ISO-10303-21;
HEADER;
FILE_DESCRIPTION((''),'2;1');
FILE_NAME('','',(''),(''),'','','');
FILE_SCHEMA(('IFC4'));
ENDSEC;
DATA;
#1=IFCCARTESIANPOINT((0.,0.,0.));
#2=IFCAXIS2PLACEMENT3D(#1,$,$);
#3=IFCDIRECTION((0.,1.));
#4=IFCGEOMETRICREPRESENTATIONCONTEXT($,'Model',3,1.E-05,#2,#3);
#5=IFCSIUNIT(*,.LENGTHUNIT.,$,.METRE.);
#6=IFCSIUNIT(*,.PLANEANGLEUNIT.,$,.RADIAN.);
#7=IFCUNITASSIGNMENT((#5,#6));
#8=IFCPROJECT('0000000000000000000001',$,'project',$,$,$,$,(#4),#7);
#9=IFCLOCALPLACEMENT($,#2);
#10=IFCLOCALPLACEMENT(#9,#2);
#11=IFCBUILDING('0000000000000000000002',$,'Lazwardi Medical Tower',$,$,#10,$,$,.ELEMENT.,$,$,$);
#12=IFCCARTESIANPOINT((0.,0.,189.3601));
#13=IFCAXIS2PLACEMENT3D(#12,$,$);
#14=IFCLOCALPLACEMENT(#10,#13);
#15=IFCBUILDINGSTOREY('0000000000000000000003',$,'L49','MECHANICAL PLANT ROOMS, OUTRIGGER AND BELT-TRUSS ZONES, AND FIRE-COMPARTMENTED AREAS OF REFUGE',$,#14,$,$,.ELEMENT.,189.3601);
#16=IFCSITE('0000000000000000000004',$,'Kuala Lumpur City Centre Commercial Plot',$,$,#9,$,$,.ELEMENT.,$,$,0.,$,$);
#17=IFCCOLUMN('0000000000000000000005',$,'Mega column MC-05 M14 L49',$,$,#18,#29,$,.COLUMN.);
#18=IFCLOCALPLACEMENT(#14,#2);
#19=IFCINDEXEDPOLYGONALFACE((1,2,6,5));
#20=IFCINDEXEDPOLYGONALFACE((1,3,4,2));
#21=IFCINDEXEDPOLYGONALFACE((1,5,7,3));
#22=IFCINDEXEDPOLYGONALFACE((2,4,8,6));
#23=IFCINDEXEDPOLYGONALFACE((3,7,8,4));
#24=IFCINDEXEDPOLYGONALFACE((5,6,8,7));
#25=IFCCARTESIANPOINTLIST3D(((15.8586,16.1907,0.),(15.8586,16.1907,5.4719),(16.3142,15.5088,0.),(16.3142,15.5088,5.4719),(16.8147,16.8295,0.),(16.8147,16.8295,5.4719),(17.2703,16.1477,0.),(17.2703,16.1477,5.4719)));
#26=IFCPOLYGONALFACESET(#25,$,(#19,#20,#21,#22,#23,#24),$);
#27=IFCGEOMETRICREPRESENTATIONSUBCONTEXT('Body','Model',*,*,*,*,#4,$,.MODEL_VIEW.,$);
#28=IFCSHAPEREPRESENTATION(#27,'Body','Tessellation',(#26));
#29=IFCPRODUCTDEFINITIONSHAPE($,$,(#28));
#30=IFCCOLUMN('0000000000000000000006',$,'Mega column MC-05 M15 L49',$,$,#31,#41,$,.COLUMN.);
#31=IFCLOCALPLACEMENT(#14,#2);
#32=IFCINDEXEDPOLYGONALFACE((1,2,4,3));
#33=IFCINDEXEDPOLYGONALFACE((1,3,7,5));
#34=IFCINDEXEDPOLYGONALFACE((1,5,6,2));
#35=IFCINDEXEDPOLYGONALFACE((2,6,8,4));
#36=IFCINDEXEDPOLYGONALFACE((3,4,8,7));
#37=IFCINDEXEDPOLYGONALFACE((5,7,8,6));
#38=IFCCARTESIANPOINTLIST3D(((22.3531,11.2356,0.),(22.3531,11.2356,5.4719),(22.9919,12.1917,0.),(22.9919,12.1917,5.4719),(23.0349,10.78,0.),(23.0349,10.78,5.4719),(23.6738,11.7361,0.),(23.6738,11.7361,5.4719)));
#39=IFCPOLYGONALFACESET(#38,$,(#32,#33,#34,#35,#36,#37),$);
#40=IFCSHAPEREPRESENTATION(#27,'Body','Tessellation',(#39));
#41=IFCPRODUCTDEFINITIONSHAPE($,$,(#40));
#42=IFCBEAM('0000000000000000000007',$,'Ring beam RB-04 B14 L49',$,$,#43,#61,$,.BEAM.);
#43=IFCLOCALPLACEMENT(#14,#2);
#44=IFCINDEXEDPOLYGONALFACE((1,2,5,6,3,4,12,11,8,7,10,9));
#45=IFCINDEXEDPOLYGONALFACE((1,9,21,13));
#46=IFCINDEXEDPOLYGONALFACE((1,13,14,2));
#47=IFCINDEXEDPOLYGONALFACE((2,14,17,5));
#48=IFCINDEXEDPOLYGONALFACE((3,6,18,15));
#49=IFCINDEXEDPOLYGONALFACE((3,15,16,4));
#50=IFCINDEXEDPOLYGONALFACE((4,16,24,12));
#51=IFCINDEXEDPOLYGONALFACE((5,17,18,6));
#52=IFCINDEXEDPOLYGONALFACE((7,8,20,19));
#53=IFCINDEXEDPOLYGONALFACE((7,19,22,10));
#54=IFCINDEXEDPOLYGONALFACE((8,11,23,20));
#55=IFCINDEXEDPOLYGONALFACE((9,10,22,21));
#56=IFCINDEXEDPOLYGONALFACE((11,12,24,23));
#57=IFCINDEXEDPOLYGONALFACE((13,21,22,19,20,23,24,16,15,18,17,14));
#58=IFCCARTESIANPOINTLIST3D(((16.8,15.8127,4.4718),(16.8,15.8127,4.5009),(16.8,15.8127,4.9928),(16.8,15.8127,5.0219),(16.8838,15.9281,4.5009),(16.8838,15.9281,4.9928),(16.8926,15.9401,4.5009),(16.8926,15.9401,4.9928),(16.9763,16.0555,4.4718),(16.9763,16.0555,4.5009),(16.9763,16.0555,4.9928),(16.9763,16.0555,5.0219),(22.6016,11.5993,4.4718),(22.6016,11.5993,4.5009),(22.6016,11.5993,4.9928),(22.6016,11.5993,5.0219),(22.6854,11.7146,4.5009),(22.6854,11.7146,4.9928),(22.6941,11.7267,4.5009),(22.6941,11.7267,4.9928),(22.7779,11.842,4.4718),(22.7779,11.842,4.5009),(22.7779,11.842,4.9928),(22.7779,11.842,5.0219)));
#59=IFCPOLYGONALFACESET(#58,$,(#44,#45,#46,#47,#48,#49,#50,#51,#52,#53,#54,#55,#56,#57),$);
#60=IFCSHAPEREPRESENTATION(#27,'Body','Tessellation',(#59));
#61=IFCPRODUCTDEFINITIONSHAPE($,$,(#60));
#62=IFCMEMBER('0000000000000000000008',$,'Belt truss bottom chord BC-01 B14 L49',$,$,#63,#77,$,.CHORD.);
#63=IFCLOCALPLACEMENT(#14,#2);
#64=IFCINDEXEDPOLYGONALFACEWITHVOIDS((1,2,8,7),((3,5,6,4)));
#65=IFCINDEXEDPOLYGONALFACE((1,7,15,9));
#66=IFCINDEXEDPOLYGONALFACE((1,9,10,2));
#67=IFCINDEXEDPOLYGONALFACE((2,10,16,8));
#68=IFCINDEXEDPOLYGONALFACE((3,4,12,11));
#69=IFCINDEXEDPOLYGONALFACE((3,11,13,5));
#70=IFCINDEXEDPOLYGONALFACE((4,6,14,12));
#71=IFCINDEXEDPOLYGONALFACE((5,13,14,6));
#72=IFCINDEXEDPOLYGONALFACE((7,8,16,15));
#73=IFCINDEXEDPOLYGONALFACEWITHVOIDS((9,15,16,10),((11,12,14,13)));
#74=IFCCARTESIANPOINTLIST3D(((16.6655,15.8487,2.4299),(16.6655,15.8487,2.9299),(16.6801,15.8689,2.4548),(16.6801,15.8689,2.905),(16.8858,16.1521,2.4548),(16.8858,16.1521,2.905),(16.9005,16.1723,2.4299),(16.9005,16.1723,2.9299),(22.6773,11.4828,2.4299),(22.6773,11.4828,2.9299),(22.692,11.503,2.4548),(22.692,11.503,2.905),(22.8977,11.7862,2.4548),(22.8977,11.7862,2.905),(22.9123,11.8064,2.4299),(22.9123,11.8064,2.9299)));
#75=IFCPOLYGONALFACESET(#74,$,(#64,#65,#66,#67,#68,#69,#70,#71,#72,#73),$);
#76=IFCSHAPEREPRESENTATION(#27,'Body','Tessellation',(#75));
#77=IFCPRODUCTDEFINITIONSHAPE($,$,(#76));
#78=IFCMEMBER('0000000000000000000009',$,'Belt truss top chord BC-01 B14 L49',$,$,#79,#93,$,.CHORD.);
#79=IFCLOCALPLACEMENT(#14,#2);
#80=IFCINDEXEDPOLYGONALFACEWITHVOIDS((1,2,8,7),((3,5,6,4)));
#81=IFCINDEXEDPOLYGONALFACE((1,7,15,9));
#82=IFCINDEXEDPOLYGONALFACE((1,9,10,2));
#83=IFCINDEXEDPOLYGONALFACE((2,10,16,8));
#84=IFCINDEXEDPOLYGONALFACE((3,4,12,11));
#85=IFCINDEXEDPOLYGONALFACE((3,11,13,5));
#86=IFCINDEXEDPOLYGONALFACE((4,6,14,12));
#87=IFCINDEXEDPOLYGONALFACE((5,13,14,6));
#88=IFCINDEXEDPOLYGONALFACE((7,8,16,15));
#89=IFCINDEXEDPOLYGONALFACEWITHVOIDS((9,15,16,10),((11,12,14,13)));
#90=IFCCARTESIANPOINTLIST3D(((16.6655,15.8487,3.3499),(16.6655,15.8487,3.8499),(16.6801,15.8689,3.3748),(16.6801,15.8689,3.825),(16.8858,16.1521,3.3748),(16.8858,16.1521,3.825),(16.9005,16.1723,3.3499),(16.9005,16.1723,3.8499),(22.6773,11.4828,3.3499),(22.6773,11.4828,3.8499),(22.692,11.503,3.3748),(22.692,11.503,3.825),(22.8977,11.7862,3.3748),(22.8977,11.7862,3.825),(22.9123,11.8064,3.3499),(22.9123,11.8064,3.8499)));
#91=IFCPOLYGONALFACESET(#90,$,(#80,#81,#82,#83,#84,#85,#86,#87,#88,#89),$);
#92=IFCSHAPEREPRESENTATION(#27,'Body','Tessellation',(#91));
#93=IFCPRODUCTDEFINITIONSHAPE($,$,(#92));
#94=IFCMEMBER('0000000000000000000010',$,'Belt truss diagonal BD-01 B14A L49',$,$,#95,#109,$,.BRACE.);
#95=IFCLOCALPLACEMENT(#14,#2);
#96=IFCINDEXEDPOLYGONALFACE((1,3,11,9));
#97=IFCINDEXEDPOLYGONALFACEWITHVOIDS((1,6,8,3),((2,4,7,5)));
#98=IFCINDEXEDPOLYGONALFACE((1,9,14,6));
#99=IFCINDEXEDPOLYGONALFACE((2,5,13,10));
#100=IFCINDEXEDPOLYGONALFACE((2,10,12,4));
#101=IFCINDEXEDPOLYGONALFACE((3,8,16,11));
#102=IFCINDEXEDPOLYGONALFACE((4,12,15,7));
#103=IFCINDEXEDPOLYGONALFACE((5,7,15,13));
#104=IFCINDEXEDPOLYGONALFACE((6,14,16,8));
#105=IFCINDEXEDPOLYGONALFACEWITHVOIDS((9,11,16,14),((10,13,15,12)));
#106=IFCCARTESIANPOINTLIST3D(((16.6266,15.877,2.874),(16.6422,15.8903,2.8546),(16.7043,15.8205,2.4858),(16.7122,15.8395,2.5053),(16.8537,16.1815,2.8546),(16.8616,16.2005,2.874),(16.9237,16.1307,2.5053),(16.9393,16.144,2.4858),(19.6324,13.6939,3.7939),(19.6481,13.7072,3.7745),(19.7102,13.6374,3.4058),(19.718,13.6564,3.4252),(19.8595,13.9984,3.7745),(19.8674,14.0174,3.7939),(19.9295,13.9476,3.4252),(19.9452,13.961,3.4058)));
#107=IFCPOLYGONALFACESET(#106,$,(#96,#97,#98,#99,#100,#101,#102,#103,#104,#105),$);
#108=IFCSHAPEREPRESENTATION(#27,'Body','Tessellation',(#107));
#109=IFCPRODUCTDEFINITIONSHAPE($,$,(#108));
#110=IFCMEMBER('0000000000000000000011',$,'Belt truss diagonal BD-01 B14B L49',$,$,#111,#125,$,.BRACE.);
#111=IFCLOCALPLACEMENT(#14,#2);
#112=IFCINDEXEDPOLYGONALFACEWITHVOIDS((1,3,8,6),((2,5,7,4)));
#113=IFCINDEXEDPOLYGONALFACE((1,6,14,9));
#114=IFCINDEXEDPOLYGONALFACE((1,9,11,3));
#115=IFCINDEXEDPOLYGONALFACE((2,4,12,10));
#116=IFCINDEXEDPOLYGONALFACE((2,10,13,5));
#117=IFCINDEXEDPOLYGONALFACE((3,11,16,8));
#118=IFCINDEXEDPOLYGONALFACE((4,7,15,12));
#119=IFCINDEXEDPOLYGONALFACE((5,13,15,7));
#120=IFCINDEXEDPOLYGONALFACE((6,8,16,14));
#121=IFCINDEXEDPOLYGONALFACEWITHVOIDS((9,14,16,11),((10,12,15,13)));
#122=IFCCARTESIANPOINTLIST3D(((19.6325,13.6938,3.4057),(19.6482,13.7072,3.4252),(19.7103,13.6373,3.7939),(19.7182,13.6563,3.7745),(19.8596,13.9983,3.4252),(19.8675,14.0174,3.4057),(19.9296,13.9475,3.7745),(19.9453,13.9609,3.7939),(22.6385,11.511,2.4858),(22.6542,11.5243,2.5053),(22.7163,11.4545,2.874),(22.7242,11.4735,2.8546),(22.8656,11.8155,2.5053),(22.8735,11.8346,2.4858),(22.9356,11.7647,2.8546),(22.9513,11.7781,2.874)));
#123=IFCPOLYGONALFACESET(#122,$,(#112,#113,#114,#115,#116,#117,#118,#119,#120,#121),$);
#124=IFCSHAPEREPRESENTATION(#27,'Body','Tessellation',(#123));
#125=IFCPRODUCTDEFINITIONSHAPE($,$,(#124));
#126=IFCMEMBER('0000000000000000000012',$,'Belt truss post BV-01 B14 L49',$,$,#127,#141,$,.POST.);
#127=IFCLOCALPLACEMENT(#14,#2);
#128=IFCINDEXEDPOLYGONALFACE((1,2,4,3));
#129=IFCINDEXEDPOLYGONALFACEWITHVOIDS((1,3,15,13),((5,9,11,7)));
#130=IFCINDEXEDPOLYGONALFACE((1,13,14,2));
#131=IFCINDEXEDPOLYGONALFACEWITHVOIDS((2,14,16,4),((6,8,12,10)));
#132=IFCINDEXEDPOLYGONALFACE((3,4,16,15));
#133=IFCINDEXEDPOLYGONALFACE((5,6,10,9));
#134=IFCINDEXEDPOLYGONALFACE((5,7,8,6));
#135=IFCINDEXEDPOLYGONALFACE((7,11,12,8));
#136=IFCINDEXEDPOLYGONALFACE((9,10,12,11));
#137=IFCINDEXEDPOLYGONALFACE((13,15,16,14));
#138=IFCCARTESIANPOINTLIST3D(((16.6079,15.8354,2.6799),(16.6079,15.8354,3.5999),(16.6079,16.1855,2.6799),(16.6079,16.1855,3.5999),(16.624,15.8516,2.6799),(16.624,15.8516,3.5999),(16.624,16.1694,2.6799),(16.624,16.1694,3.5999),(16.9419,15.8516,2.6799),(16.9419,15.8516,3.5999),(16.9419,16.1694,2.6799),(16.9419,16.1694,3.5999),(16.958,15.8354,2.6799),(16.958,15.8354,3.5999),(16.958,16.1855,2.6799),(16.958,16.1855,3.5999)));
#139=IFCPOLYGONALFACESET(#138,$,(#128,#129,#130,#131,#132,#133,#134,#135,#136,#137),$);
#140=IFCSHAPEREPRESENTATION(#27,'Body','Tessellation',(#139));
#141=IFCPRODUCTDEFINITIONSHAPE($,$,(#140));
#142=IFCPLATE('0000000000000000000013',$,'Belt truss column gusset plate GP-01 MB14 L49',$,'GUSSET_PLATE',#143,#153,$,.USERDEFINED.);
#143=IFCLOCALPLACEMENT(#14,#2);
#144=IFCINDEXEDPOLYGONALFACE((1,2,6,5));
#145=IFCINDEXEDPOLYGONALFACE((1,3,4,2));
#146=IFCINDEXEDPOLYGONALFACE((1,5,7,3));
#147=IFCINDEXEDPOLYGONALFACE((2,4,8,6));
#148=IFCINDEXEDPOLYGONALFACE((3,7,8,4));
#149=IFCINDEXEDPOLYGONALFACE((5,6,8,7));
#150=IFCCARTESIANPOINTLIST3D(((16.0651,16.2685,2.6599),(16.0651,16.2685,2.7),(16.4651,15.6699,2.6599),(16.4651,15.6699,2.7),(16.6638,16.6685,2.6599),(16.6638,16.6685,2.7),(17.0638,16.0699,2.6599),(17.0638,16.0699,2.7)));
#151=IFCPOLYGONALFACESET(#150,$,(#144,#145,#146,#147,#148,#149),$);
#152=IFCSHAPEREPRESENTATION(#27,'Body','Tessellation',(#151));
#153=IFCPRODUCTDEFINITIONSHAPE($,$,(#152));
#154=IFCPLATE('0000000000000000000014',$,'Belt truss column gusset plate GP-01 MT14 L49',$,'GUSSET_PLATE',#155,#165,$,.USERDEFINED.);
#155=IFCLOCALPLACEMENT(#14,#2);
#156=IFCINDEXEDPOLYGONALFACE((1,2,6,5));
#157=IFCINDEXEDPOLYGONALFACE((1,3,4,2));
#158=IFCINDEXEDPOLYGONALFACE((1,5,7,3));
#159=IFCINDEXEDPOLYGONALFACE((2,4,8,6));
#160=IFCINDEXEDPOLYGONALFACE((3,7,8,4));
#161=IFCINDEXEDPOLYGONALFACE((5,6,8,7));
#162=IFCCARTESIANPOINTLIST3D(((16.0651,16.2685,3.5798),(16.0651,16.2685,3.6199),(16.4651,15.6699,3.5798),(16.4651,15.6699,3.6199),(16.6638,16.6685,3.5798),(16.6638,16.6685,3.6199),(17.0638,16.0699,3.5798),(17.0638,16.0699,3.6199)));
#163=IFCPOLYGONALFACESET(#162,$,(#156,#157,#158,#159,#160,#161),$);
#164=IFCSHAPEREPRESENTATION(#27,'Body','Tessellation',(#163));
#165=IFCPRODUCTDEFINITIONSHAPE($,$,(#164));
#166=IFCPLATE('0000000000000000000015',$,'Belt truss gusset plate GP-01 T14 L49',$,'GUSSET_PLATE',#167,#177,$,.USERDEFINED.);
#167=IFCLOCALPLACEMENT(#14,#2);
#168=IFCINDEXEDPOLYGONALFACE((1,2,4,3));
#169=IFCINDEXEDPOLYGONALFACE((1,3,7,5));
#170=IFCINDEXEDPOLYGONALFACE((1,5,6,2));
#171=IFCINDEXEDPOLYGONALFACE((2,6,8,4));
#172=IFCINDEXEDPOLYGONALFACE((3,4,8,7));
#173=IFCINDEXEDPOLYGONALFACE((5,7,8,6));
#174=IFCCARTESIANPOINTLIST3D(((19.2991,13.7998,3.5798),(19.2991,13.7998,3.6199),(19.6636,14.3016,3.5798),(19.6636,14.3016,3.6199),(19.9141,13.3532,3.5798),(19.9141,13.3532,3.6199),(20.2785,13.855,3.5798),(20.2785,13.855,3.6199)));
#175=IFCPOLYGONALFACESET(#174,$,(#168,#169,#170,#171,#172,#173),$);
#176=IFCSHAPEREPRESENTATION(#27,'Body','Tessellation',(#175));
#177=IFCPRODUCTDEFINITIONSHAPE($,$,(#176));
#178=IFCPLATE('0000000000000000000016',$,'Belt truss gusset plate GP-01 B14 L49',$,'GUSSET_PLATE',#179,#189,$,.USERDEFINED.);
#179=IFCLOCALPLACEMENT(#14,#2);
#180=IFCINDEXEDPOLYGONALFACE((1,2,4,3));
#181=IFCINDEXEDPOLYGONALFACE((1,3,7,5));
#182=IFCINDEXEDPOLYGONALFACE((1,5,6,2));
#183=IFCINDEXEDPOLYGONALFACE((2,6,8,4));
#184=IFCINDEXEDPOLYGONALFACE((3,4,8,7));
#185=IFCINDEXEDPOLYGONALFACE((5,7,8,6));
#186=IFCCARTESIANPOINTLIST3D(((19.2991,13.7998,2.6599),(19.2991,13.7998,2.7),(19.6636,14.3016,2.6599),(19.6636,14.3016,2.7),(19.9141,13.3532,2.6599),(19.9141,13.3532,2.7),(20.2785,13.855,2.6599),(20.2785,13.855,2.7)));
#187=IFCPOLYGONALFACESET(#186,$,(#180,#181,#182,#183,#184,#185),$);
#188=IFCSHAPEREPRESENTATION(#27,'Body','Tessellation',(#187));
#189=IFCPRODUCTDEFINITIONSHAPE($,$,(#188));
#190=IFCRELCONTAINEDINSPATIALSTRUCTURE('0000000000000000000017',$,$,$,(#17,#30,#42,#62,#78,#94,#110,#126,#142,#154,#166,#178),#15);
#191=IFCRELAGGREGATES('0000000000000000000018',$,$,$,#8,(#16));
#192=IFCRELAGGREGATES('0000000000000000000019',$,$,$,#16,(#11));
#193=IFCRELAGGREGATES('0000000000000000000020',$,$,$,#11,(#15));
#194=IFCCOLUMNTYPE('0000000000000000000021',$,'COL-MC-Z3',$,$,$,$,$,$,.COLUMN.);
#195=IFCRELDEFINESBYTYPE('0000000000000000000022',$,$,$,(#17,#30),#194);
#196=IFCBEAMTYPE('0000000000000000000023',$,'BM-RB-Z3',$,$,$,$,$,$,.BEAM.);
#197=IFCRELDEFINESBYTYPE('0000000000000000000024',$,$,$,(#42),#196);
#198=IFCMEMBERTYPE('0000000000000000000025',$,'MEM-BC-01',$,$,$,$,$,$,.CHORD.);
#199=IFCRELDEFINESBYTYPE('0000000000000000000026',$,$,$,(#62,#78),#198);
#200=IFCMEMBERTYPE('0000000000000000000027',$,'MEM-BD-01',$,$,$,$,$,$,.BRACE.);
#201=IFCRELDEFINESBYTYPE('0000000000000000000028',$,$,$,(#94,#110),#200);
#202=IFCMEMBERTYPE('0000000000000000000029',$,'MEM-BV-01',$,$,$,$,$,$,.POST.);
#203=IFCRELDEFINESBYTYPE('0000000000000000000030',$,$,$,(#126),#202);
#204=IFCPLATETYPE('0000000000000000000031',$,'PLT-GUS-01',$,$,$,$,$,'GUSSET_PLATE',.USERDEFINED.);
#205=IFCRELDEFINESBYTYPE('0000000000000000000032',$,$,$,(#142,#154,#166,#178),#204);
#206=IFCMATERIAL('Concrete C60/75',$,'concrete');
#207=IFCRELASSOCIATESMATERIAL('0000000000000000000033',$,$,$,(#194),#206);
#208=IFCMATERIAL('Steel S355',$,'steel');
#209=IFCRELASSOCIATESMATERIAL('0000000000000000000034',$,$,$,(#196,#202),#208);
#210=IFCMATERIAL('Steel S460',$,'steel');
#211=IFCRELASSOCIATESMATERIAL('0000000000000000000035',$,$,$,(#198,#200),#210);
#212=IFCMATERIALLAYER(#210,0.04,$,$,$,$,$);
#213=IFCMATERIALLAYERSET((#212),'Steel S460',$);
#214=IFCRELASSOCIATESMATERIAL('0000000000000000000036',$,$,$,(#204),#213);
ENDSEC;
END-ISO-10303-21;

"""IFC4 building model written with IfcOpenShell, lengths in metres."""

from ifc_helpers import new_model, si_unit, direction, frame, origin, origin_2d, place, context, subcontext, project, spatial, rectangle, hollow_rectangle, i_section, extrude, material, layer, layer_set, material_profile, profile_set, type_object, element, save


model = new_model("IFC4")

# Units and contexts
model_context = context("Model", 3, precision=1e-05, world=origin(), true_north=direction((0.0, 1.0)))
body_context = subcontext(model_context, "Body", "Model", "MODEL_VIEW")
ifc_project = project(units=[si_unit("LENGTHUNIT", "METRE"), si_unit("PLANEANGLEUNIT", "RADIAN")], contexts=[model_context])

# Site, building, storey
site_placement = place(None, origin())
site = spatial("IfcSite", under=ifc_project, at=site_placement, Name="Kuala Lumpur City Centre Commercial Plot", CompositionType="ELEMENT", RefElevation=0.0)
building_placement = place(site_placement, origin())
building = spatial("IfcBuilding", under=site, at=building_placement, Name="Lazwardi Medical Tower", CompositionType="ELEMENT")
storey_placement = place(building_placement, frame((0.0, 0.0, 189.3601)))
storey = spatial("IfcBuildingStorey", under=building, at=storey_placement, Name="L49", Description="MECHANICAL PLANT ROOMS, OUTRIGGER AND BELT-TRUSS ZONES, AND FIRE-COMPARTMENTED AREAS OF REFUGE", CompositionType="ELEMENT", Elevation=189.3601)

# Columns
ifc_material_1 = material(Name="Concrete C60/75", Category="concrete")
ifc_material_profile_1 = material_profile(ifc_material_1, rectangle(XDim=1.1499, YDim=0.8201, at=origin_2d()), Name="CFT-RECT 1150x820")
ifc_profile_set_1 = profile_set([ifc_material_profile_1], Name="Concrete C60/75")
column_type = type_object("IfcColumnType", Name="COL-MC-Z3", PredefinedType="COLUMN", material=ifc_profile_set_1)
for number, where, z_axis, x_axis, name in (
    (1, (16.5645, 16.1692, 0.0), (0.0, 0.0, 1.0), (-0.83147, -0.55557, 0.0), "Mega column MC-05 M14 L49"),
    (2, (23.0134, 11.4858, 0.0), (0.0, 0.0, 1.0), (-0.55557, -0.83147, 0.0), "Mega column MC-05 M15 L49"),
):
    element("IfcColumn", number, at=place(storey_placement, frame(where, z_axis=z_axis, x_axis=x_axis)), inside=storey, type_object=column_type, Name=name, PredefinedType="COLUMN", context=body_context, shape_type="SweptSolid", body=[
        extrude(rectangle(XDim=1.1499, YDim=0.8201, at=origin_2d()), origin(), (0.0, 0.0, 1.0), 5.4719),
    ])

# Beam
ifc_material_2 = material(Name="Steel S355", Category="steel")
ifc_material_profile_2 = material_profile(ifc_material_2, i_section(OverallWidth=0.3, OverallDepth=0.55, WebThickness=0.0149, FlangeThickness=0.0291, at=origin_2d()), Name="HEB 550")
ifc_profile_set_2 = profile_set([ifc_material_profile_2], Name="Steel S355")
beam_type = type_object("IfcBeamType", Name="BM-RB-Z3", PredefinedType="BEAM", material=ifc_profile_set_2)
beam_placement = place(storey_placement, frame((16.8882, 15.9341, 4.7468), z_axis=(0.809128, -0.587633, 0.0), x_axis=(0.587633, 0.809128, 0.0)))
element("IfcBeam", 3, at=beam_placement, inside=storey, type_object=beam_type, Name="Ring beam RB-04 B14 L49", PredefinedType="BEAM", context=body_context, shape_type="SweptSolid", body=[
    extrude(i_section(OverallWidth=0.3, OverallDepth=0.55, WebThickness=0.0149, FlangeThickness=0.0291, at=origin_2d()), origin(), (0.0, 0.0, 1.0), 7.1702),
])

# Members
ifc_material_3 = material(Name="Steel S460", Category="steel")
ifc_material_profile_3 = material_profile(ifc_material_3, hollow_rectangle(XDim=0.3999, YDim=0.5, WallThickness=0.0249, at=origin_2d()), Name="RHS 500x400x25")
ifc_profile_set_3 = profile_set([ifc_material_profile_3], Name="Steel S460")
member_type_1 = type_object("IfcMemberType", Name="MEM-BC-01", PredefinedType="CHORD", material=ifc_profile_set_3)
for number, where, z_axis, x_axis, name in (
    (4, (16.783, 16.0105, 2.6799), (0.809144, -0.587611, 0.0), (0.587611, 0.809144, 0.0), "Belt truss bottom chord BC-01 B14 L49"),
    (5, (16.783, 16.0105, 3.5999), (0.809144, -0.587611, 0.0), (0.587611, 0.809144, 0.0), "Belt truss top chord BC-01 B14 L49"),
):
    element("IfcMember", number, at=place(storey_placement, frame(where, z_axis=z_axis, x_axis=x_axis)), inside=storey, type_object=member_type_1, Name=name, PredefinedType="CHORD", context=body_context, shape_type="SweptSolid", body=[
        extrude(hollow_rectangle(XDim=0.3999, YDim=0.5, WallThickness=0.0249, at=origin_2d()), origin(), (0.0, 0.0, 1.0), 7.4299),
    ])
ifc_material_profile_4 = material_profile(ifc_material_3, hollow_rectangle(XDim=0.3999, YDim=0.3999, WallThickness=0.02, at=origin_2d()), Name="RHS 400x400x20")
ifc_profile_set_4 = profile_set([ifc_material_profile_4], Name="Steel S460")
member_type_2 = type_object("IfcMemberType", Name="MEM-BD-01", PredefinedType="BRACE", material=ifc_profile_set_4)
for number, where, z_axis, x_axis, name in (
    (6, (16.783, 16.0105, 2.6799), (0.785396, -0.57042, 0.240365), (0.587648, 0.809117, 0.0), "Belt truss diagonal BD-01 B14A L49"),
    (7, (22.7949, 11.6445, 2.6799), (-0.785449, 0.570348, 0.240361), (-0.587574, -0.809171, 0.0), "Belt truss diagonal BD-01 B14B L49"),
):
    element("IfcMember", number, at=place(storey_placement, frame(where, z_axis=z_axis, x_axis=x_axis)), inside=storey, type_object=member_type_2, Name=name, PredefinedType="BRACE", context=body_context, shape_type="SweptSolid", body=[
        extrude(hollow_rectangle(XDim=0.3999, YDim=0.3999, WallThickness=0.02, at=origin_2d()), origin(), (0.0, 0.0, 1.0), 3.8271),
    ])
ifc_material_profile_5 = material_profile(ifc_material_2, hollow_rectangle(XDim=0.3501, YDim=0.3501, WallThickness=0.0161, at=origin_2d()), Name="RHS 350x350x16")
ifc_profile_set_5 = profile_set([ifc_material_profile_5], Name="Steel S355")
member_type_3 = type_object("IfcMemberType", Name="MEM-BV-01", PredefinedType="POST", material=ifc_profile_set_5)
member_placement = place(storey_placement, frame((16.783, 16.0105, 2.6799), z_axis=(0.0, 0.0, 1.0), x_axis=(1.0, 0.0, 0.0)))
element("IfcMember", 8, at=member_placement, inside=storey, type_object=member_type_3, Name="Belt truss post BV-01 B14 L49", PredefinedType="POST", context=body_context, shape_type="SweptSolid", body=[
    extrude(hollow_rectangle(XDim=0.3501, YDim=0.3501, WallThickness=0.0161, at=origin_2d()), origin(), (0.0, 0.0, 1.0), 0.9199),
])

# Plates
ifc_layer_1 = layer(ifc_material_3, 0.04)
ifc_layer_set_1 = layer_set([ifc_layer_1], Name="Steel S460")
plate_type = type_object("IfcPlateType", Name="PLT-GUS-01", ElementType="GUSSET_PLATE", PredefinedType="USERDEFINED", material=ifc_layer_set_1)
for number, where, z_axis, x_axis, name in (
    (9, (16.5645, 16.1692, 2.6599), (0.0, 0.0, 1.0), (-0.83147, -0.55557, 0.0), "Belt truss column gusset plate GP-01 MB14 L49"),
    (10, (16.5645, 16.1692, 3.5798), (0.0, 0.0, 1.0), (-0.83147, -0.55557, 0.0), "Belt truss column gusset plate GP-01 MT14 L49"),
):
    element("IfcPlate", number, at=place(storey_placement, frame(where, z_axis=z_axis, x_axis=x_axis)), inside=storey, type_object=plate_type, Name=name, ObjectType="GUSSET_PLATE", PredefinedType="USERDEFINED", context=body_context, shape_type="SweptSolid", body=[
        extrude(rectangle(XDim=0.72, YDim=0.72, at=origin_2d()), origin(), (0.0, 0.0, 1.0), 0.04),
    ])
for number, where, z_axis, x_axis, name in (
    (11, (19.7888, 13.8274, 3.5798), (0.0, 0.0, 1.0), (0.80912, -0.587644, 0.0), "Belt truss gusset plate GP-01 T14 L49"),
    (12, (19.7888, 13.8274, 2.6599), (0.0, 0.0, 1.0), (0.80912, -0.587644, 0.0), "Belt truss gusset plate GP-01 B14 L49"),
):
    element("IfcPlate", number, at=place(storey_placement, frame(where, z_axis=z_axis, x_axis=x_axis)), inside=storey, type_object=plate_type, Name=name, ObjectType="GUSSET_PLATE", PredefinedType="USERDEFINED", context=body_context, shape_type="SweptSolid", body=[
        extrude(rectangle(XDim=0.76, YDim=0.6201, at=origin_2d()), origin(), (0.0, 0.0, 1.0), 0.04),
    ])

save(model, "model.ifc")
